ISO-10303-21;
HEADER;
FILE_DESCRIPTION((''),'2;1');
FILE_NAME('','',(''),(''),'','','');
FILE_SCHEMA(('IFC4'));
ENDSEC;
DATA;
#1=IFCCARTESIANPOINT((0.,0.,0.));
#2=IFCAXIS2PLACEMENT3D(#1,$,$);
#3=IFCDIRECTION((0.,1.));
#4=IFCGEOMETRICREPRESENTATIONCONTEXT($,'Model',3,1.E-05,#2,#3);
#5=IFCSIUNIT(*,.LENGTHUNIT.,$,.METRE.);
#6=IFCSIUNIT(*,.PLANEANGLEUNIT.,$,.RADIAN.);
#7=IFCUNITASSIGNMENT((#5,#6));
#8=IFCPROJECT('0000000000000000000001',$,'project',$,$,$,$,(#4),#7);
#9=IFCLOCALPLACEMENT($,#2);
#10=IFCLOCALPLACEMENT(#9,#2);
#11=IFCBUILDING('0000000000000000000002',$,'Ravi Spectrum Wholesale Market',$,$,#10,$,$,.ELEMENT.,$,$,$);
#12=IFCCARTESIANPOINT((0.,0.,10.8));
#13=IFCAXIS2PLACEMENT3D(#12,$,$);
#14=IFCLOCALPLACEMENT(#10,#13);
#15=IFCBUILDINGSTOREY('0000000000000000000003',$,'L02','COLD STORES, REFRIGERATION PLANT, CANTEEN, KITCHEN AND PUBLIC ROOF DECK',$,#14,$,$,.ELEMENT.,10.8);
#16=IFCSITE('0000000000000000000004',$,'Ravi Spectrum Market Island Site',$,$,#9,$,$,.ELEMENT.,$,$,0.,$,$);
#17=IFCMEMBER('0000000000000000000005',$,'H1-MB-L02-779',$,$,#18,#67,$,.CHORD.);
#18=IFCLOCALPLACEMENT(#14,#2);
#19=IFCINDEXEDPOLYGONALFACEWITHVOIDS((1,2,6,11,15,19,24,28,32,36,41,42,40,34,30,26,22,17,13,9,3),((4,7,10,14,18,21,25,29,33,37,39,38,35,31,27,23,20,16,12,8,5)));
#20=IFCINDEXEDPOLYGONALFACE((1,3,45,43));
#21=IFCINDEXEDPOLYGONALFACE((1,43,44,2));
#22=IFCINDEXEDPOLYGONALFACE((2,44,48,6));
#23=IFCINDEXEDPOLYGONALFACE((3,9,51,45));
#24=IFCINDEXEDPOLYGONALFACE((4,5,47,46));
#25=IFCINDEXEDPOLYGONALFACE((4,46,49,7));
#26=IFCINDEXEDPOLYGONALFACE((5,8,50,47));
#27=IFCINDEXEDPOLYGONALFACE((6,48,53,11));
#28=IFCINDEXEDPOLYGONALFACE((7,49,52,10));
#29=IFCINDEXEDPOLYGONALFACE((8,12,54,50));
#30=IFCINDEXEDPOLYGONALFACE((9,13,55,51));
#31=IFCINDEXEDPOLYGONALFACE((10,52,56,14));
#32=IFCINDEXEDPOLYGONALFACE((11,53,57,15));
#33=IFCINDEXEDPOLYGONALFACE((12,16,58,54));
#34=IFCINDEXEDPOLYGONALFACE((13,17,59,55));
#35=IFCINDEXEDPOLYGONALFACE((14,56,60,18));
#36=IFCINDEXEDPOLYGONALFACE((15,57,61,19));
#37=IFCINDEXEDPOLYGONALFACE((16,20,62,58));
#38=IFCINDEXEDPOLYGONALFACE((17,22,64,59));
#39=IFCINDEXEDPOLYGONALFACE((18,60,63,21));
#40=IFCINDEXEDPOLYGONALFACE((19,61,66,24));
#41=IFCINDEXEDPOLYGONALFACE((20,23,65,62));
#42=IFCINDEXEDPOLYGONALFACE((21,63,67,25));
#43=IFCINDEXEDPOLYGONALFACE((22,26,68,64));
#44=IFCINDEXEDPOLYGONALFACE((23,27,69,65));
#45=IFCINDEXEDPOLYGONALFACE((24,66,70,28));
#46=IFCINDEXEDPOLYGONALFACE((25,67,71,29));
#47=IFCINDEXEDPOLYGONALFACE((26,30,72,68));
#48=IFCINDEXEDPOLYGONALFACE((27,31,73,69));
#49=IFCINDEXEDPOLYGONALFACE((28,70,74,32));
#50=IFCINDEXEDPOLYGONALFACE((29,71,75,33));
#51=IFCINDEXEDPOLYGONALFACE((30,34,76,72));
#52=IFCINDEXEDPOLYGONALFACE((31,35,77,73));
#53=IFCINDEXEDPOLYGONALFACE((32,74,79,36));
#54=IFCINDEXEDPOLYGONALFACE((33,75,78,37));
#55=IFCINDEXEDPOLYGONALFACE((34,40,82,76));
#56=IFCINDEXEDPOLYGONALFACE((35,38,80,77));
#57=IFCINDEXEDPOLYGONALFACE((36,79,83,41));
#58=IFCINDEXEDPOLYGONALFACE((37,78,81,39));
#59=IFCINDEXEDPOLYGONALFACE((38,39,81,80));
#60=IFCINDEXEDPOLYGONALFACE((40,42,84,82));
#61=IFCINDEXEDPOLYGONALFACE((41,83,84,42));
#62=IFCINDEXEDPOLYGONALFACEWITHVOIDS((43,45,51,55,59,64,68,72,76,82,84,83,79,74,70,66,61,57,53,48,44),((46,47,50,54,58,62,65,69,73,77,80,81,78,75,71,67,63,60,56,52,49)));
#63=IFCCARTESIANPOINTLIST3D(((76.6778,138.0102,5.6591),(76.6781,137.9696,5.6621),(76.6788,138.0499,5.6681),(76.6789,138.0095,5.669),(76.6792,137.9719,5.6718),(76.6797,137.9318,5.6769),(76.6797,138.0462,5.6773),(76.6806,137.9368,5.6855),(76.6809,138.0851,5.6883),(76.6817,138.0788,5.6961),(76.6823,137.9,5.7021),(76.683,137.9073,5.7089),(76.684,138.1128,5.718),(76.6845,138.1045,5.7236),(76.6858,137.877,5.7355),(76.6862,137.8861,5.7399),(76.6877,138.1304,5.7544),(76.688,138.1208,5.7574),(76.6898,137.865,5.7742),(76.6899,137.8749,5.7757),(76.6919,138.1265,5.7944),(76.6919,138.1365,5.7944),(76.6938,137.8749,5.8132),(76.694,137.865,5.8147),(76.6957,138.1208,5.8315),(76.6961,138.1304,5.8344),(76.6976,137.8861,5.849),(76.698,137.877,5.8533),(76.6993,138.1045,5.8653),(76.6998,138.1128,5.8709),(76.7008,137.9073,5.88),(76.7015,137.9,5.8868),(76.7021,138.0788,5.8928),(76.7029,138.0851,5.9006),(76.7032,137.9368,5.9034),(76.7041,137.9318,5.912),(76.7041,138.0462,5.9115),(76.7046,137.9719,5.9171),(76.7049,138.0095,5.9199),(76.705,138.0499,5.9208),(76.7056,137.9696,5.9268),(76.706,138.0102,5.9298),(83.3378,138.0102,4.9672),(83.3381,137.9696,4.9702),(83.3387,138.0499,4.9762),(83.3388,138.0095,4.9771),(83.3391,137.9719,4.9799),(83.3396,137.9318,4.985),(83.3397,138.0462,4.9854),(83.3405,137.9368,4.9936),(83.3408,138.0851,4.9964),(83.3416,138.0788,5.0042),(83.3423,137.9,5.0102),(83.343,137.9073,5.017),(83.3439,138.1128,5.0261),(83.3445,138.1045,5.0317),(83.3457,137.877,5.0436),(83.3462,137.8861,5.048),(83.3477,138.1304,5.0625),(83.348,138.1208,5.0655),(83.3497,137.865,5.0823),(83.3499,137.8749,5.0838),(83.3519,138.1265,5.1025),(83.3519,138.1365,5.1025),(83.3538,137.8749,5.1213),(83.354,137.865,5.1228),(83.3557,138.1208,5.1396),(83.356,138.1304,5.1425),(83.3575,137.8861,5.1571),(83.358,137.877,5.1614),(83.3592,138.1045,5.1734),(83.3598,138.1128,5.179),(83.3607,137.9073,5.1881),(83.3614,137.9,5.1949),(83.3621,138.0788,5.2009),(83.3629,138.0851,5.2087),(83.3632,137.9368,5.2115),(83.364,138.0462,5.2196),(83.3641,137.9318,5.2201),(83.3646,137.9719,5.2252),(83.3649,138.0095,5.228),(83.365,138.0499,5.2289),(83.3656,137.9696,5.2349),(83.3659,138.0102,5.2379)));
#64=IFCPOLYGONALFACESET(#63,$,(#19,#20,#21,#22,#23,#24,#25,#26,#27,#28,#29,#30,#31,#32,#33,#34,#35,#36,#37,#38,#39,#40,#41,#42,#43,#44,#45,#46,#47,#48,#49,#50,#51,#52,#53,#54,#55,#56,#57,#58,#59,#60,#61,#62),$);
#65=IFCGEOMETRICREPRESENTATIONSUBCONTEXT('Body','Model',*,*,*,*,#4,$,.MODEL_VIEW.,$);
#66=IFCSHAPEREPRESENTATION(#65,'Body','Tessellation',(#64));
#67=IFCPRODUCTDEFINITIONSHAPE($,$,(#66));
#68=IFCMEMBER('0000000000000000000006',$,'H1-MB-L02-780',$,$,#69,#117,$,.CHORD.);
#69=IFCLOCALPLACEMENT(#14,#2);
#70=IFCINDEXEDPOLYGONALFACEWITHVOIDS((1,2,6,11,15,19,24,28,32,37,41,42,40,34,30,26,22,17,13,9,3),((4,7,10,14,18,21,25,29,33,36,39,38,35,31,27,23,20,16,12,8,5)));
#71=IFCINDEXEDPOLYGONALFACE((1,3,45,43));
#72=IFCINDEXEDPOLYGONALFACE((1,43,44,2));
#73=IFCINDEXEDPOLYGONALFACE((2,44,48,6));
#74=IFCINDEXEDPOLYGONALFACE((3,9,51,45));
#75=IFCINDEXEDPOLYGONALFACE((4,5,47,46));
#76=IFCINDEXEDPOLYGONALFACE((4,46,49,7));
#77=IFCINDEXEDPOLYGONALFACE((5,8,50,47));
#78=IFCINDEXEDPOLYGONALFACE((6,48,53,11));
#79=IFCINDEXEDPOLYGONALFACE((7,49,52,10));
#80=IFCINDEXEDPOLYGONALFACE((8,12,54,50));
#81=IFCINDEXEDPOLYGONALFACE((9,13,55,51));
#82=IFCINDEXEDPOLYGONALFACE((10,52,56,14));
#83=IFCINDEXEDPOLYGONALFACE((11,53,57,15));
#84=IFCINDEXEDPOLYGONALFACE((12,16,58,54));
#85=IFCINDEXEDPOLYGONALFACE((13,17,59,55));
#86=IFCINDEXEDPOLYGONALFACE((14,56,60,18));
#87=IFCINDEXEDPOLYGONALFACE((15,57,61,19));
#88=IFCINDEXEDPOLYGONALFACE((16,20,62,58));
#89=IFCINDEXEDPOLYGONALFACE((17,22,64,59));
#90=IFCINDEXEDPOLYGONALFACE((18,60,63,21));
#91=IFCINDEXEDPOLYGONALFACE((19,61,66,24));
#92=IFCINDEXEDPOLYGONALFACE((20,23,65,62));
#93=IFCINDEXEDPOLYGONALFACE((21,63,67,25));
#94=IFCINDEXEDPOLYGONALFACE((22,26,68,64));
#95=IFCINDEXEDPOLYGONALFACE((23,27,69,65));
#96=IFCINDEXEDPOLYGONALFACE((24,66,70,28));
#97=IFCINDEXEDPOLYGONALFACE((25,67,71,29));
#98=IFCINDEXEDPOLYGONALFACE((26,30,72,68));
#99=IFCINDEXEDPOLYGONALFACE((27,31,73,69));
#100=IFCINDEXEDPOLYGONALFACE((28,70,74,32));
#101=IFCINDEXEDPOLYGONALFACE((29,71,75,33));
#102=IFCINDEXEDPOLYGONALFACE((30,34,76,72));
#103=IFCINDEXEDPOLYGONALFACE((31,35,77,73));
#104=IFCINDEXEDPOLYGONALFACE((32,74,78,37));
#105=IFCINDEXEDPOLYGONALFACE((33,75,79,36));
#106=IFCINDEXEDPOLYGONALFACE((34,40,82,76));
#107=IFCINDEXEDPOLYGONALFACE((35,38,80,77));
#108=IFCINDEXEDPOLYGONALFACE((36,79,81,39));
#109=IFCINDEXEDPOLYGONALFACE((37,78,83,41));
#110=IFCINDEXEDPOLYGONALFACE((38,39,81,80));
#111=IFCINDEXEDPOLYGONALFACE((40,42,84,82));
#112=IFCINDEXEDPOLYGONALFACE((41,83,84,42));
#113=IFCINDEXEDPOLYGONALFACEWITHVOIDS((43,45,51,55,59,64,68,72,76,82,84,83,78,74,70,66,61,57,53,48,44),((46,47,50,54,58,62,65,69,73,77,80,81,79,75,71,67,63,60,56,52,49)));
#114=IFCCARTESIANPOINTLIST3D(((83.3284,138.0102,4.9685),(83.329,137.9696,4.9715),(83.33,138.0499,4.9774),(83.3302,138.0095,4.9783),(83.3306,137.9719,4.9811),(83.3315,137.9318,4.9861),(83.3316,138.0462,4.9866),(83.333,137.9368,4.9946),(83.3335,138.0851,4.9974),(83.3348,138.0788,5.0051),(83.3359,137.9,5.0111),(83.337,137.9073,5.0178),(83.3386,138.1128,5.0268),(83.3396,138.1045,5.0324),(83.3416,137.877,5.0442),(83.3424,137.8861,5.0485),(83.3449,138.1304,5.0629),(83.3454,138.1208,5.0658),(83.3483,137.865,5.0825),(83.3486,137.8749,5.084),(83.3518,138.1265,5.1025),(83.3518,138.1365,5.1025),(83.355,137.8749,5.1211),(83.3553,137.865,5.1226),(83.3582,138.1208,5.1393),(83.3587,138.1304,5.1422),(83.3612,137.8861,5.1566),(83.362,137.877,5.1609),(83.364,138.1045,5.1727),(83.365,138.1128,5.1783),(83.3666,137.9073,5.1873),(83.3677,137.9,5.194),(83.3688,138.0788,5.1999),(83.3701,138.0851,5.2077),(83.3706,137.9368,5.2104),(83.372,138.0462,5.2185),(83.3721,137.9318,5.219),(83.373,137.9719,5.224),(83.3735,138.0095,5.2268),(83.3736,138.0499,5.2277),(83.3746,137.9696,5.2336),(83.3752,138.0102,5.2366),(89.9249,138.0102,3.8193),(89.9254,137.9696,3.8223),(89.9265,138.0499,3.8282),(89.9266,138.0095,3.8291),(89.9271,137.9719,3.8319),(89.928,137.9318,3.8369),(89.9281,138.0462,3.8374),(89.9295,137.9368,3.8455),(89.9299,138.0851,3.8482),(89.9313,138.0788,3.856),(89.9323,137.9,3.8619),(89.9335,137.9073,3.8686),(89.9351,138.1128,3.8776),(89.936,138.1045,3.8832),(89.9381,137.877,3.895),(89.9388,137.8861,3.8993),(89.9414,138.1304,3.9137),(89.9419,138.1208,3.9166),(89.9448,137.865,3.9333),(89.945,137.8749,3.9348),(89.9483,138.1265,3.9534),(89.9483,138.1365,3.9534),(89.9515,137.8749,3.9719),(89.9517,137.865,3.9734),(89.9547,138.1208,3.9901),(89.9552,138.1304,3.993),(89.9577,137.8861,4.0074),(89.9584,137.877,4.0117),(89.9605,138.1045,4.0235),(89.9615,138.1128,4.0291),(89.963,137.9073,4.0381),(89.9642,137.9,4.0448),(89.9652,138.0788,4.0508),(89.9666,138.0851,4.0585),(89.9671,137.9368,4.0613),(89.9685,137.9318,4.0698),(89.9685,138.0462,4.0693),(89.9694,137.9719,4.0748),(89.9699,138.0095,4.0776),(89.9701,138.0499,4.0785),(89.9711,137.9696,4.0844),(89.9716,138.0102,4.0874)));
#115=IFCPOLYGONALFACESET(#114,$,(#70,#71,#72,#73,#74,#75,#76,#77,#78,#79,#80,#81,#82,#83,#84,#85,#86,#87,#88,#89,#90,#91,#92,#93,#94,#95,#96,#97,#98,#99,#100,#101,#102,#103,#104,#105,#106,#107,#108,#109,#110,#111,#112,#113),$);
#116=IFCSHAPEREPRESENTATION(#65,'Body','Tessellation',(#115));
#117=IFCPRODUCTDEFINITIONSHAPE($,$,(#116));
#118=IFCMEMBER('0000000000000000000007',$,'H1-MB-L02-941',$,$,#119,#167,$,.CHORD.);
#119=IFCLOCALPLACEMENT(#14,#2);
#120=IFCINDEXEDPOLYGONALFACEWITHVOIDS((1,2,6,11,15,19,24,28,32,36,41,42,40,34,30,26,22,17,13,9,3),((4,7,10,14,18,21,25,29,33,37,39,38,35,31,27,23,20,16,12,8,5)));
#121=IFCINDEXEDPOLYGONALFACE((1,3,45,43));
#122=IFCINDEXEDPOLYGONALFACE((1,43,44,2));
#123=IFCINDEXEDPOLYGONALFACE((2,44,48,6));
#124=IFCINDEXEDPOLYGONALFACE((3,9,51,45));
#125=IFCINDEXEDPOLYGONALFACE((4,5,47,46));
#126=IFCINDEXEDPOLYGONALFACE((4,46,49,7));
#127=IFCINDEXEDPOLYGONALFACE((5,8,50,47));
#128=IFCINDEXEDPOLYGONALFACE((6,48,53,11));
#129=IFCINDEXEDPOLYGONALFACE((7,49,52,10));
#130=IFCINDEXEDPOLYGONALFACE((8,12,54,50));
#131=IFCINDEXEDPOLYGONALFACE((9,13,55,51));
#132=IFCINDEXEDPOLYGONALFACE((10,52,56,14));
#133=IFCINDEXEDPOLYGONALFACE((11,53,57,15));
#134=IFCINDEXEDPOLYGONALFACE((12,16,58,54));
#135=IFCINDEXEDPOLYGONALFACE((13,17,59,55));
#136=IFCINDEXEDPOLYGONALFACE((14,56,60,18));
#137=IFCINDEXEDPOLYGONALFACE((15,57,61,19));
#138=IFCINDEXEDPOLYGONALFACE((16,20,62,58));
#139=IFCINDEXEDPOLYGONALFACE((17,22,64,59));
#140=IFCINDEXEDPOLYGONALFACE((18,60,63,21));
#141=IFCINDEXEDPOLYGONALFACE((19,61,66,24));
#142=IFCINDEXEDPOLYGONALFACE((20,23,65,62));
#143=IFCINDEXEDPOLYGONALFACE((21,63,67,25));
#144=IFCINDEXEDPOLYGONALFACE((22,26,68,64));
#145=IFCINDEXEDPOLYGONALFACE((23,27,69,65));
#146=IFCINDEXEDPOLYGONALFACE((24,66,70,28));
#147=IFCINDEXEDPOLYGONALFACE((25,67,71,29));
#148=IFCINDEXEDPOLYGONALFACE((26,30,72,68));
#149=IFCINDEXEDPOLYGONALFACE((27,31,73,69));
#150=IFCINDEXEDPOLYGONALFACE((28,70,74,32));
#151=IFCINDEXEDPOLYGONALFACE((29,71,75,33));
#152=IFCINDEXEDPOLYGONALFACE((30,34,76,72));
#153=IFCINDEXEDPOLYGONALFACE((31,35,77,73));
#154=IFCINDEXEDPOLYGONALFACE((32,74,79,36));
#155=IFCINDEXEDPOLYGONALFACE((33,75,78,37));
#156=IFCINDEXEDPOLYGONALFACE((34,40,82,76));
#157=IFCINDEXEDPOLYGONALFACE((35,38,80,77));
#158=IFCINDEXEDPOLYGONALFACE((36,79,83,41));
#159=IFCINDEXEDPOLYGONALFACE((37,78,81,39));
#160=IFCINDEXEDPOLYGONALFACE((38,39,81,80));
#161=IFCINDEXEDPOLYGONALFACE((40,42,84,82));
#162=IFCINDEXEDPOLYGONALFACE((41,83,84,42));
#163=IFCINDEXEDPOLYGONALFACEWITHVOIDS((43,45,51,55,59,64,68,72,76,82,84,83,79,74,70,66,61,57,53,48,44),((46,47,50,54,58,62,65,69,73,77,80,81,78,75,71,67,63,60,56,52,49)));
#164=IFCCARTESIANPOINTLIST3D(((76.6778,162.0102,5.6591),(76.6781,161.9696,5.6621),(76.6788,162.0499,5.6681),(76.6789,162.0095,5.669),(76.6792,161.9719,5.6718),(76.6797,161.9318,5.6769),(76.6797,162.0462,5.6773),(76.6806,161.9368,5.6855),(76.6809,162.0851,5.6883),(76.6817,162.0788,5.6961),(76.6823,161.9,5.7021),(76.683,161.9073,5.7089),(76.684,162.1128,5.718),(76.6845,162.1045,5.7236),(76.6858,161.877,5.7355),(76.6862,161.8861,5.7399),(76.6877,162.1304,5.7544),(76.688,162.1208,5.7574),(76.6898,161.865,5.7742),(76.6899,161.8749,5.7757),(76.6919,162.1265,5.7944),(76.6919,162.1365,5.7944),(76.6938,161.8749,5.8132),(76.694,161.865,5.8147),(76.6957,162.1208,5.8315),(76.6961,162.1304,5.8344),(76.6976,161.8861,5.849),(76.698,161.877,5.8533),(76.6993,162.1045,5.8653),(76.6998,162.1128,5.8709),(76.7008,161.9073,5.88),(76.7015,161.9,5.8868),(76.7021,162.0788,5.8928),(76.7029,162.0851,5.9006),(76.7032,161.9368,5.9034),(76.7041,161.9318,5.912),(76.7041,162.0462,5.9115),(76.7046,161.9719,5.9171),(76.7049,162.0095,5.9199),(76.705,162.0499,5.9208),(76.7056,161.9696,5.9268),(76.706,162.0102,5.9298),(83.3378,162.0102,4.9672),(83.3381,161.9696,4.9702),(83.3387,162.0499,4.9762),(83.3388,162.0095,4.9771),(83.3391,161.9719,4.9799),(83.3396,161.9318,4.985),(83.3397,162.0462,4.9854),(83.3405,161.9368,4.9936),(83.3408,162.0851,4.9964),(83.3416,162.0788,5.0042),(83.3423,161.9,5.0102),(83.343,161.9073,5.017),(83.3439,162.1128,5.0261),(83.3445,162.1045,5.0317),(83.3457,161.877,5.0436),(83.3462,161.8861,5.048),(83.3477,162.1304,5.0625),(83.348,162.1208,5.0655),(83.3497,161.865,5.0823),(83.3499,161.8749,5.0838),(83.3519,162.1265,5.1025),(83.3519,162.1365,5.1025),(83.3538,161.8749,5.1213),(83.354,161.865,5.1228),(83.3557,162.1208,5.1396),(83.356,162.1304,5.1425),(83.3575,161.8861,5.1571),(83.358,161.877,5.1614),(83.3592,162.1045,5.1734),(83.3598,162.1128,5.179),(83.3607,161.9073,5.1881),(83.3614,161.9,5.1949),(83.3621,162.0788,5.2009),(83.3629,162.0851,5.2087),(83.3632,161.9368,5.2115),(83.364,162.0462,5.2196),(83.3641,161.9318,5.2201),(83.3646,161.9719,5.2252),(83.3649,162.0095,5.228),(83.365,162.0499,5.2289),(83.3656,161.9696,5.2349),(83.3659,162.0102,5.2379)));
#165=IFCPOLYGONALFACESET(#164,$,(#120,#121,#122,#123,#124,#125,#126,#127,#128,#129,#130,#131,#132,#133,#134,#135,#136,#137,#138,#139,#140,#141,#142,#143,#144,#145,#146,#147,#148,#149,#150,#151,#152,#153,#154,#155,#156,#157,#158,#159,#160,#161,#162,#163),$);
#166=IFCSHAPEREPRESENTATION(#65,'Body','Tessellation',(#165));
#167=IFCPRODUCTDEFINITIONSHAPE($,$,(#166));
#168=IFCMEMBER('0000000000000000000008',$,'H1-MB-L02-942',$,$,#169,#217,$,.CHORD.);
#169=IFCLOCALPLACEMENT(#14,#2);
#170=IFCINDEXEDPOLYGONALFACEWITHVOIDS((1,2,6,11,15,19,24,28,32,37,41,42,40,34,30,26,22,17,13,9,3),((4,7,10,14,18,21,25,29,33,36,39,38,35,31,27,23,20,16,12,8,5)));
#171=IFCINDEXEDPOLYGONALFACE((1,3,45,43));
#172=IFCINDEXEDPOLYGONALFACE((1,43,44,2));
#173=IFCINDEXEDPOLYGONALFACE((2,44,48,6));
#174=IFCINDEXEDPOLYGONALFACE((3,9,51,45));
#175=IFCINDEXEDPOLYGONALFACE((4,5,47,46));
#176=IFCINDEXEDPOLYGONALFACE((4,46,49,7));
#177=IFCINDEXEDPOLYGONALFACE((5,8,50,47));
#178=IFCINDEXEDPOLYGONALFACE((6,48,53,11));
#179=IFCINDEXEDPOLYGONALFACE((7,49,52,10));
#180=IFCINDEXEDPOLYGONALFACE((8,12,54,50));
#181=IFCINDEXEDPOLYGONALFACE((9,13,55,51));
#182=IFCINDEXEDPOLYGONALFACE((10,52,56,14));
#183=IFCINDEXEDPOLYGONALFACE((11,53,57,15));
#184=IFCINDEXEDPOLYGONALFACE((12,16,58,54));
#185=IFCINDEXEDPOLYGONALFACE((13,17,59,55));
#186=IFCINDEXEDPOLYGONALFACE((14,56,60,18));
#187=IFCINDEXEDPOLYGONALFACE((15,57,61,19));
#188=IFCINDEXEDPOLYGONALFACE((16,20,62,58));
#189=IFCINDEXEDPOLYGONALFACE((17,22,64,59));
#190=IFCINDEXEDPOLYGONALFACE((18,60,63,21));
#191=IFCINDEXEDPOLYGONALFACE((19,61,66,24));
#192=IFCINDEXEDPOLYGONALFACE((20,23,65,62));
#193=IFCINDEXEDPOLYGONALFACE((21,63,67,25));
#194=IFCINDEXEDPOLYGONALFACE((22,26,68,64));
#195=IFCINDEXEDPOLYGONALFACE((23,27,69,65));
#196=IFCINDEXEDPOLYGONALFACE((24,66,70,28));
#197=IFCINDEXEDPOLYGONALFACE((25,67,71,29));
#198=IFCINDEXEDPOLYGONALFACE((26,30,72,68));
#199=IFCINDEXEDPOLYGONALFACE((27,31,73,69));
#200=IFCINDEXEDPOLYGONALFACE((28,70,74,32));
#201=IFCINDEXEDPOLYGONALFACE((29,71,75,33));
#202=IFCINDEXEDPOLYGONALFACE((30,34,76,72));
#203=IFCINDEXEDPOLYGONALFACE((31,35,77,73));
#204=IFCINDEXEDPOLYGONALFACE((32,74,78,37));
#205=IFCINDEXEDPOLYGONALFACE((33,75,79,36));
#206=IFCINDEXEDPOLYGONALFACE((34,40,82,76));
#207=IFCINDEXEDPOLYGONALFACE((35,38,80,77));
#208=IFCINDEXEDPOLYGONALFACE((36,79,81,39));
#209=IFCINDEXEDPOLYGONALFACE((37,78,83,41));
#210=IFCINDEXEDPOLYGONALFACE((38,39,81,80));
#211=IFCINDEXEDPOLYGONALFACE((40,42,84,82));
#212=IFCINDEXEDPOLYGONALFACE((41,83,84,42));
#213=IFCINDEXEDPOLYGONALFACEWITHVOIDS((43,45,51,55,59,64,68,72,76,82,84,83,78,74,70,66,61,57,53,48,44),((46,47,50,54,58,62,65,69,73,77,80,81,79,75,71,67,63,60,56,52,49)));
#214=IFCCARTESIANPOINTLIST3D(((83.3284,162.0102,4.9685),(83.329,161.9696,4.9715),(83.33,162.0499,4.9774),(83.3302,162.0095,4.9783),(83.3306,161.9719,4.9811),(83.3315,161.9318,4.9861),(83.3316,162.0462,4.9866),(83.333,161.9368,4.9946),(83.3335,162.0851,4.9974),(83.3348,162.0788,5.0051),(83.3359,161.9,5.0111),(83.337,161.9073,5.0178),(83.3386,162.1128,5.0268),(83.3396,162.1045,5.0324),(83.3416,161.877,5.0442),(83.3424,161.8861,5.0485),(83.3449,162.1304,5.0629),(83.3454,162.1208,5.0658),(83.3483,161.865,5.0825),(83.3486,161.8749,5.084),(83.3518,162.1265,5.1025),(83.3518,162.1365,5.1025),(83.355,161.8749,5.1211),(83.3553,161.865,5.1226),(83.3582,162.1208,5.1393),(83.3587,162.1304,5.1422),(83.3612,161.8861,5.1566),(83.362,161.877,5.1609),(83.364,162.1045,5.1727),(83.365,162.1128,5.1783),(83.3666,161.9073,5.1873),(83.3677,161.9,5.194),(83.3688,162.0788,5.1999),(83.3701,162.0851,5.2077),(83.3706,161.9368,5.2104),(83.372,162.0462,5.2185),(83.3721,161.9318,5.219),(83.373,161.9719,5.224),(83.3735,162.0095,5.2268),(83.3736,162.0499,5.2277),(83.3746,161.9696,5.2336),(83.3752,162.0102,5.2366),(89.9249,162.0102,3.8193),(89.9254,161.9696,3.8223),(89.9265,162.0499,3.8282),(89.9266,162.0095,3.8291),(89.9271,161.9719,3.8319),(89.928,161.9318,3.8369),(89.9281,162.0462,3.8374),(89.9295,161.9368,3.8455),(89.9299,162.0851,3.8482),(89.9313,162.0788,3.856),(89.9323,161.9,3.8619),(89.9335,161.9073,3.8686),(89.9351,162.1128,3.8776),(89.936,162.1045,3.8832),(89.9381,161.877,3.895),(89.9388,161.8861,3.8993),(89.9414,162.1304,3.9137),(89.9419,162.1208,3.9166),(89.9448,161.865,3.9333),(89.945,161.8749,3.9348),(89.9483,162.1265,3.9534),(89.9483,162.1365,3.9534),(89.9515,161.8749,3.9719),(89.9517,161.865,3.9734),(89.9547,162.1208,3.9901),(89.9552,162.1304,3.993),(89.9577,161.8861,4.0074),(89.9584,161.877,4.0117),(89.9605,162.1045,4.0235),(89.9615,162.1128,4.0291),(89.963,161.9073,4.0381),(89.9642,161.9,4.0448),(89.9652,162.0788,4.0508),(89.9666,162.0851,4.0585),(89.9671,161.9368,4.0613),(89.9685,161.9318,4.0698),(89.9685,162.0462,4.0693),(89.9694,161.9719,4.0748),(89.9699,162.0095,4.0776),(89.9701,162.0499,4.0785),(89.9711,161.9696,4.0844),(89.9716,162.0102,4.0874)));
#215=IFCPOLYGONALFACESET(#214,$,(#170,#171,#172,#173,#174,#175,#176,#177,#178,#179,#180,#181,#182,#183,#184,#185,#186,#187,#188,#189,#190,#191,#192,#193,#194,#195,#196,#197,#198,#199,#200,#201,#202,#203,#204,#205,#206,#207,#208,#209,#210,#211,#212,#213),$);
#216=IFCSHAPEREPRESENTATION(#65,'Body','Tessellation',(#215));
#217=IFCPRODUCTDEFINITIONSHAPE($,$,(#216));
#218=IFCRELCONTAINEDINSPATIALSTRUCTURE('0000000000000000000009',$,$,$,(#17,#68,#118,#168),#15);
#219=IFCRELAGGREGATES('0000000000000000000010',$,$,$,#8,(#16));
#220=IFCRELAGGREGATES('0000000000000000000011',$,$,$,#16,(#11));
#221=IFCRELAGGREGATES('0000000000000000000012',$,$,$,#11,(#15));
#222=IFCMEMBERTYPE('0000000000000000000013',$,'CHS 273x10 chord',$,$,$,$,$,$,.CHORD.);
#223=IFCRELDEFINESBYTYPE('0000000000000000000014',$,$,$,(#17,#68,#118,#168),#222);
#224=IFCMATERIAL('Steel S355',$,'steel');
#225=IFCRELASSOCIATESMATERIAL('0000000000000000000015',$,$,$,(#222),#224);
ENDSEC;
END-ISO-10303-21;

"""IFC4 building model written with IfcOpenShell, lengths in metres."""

from ifc_helpers import new_model, si_unit, direction, frame, origin, origin_2d, place, context, subcontext, project, spatial, hollow_circle, extrude, material, material_profile, profile_set, type_object, element, save


model = new_model("IFC4")

# Units and contexts
model_context = context("Model", 3, precision=1e-05, world=origin(), true_north=direction((0.0, 1.0)))
body_context = subcontext(model_context, "Body", "Model", "MODEL_VIEW")
ifc_project = project(units=[si_unit("LENGTHUNIT", "METRE"), si_unit("PLANEANGLEUNIT", "RADIAN")], contexts=[model_context])

# Site, building, storey
site_placement = place(None, origin())
site = spatial("IfcSite", under=ifc_project, at=site_placement, Name="Ravi Spectrum Market Island Site", CompositionType="ELEMENT", RefElevation=0.0)
building_placement = place(site_placement, origin())
building = spatial("IfcBuilding", under=site, at=building_placement, Name="Ravi Spectrum Wholesale Market", CompositionType="ELEMENT")
storey_placement = place(building_placement, frame((0.0, 0.0, 10.8)))
storey = spatial("IfcBuildingStorey", under=building, at=storey_placement, Name="L02", Description="COLD STORES, REFRIGERATION PLANT, CANTEEN, KITCHEN AND PUBLIC ROOF DECK", CompositionType="ELEMENT", Elevation=10.8)

# Members
ifc_material_1 = material(Name="Steel S355", Category="steel")
ifc_material_profile_1 = material_profile(ifc_material_1, hollow_circle(Radius=0.1365, WallThickness=0.01, at=origin_2d()))
ifc_profile_set_1 = profile_set([ifc_material_profile_1], Name="Steel S355")
member_type_1 = type_object("IfcMemberType", Name="CHS 273x10 chord", PredefinedType="CHORD", material=ifc_profile_set_1)
for number, where, z_axis, x_axis, name in (
    (1, (76.6919, 138.0, 5.7944), (0.994647, 0.0, -0.103333), (0.0, 1.0, 0.0), "H1-MB-L02-779"),
    (2, (83.3518, 138.0, 5.1025), (0.985162, 0.0, -0.171626), (0.0, 1.0, 0.0), "H1-MB-L02-780"),
    (3, (76.6919, 162.0, 5.7944), (0.994647, 0.0, -0.103333), (0.0, 1.0, 0.0), "H1-MB-L02-941"),
    (4, (83.3518, 162.0, 5.1025), (0.985162, 0.0, -0.171626), (0.0, 1.0, 0.0), "H1-MB-L02-942"),
):
    element("IfcMember", number, at=place(storey_placement, frame(where, z_axis=z_axis, x_axis=x_axis)), inside=storey, type_object=member_type_1, Name=name, PredefinedType="CHORD", context=body_context, shape_type="SweptSolid", body=[
        extrude(hollow_circle(Radius=0.1365, WallThickness=0.01, at=origin_2d()), origin(), (0.0, 0.0, 1.0), 6.6958),
    ])

save(model, "model.ifc")
